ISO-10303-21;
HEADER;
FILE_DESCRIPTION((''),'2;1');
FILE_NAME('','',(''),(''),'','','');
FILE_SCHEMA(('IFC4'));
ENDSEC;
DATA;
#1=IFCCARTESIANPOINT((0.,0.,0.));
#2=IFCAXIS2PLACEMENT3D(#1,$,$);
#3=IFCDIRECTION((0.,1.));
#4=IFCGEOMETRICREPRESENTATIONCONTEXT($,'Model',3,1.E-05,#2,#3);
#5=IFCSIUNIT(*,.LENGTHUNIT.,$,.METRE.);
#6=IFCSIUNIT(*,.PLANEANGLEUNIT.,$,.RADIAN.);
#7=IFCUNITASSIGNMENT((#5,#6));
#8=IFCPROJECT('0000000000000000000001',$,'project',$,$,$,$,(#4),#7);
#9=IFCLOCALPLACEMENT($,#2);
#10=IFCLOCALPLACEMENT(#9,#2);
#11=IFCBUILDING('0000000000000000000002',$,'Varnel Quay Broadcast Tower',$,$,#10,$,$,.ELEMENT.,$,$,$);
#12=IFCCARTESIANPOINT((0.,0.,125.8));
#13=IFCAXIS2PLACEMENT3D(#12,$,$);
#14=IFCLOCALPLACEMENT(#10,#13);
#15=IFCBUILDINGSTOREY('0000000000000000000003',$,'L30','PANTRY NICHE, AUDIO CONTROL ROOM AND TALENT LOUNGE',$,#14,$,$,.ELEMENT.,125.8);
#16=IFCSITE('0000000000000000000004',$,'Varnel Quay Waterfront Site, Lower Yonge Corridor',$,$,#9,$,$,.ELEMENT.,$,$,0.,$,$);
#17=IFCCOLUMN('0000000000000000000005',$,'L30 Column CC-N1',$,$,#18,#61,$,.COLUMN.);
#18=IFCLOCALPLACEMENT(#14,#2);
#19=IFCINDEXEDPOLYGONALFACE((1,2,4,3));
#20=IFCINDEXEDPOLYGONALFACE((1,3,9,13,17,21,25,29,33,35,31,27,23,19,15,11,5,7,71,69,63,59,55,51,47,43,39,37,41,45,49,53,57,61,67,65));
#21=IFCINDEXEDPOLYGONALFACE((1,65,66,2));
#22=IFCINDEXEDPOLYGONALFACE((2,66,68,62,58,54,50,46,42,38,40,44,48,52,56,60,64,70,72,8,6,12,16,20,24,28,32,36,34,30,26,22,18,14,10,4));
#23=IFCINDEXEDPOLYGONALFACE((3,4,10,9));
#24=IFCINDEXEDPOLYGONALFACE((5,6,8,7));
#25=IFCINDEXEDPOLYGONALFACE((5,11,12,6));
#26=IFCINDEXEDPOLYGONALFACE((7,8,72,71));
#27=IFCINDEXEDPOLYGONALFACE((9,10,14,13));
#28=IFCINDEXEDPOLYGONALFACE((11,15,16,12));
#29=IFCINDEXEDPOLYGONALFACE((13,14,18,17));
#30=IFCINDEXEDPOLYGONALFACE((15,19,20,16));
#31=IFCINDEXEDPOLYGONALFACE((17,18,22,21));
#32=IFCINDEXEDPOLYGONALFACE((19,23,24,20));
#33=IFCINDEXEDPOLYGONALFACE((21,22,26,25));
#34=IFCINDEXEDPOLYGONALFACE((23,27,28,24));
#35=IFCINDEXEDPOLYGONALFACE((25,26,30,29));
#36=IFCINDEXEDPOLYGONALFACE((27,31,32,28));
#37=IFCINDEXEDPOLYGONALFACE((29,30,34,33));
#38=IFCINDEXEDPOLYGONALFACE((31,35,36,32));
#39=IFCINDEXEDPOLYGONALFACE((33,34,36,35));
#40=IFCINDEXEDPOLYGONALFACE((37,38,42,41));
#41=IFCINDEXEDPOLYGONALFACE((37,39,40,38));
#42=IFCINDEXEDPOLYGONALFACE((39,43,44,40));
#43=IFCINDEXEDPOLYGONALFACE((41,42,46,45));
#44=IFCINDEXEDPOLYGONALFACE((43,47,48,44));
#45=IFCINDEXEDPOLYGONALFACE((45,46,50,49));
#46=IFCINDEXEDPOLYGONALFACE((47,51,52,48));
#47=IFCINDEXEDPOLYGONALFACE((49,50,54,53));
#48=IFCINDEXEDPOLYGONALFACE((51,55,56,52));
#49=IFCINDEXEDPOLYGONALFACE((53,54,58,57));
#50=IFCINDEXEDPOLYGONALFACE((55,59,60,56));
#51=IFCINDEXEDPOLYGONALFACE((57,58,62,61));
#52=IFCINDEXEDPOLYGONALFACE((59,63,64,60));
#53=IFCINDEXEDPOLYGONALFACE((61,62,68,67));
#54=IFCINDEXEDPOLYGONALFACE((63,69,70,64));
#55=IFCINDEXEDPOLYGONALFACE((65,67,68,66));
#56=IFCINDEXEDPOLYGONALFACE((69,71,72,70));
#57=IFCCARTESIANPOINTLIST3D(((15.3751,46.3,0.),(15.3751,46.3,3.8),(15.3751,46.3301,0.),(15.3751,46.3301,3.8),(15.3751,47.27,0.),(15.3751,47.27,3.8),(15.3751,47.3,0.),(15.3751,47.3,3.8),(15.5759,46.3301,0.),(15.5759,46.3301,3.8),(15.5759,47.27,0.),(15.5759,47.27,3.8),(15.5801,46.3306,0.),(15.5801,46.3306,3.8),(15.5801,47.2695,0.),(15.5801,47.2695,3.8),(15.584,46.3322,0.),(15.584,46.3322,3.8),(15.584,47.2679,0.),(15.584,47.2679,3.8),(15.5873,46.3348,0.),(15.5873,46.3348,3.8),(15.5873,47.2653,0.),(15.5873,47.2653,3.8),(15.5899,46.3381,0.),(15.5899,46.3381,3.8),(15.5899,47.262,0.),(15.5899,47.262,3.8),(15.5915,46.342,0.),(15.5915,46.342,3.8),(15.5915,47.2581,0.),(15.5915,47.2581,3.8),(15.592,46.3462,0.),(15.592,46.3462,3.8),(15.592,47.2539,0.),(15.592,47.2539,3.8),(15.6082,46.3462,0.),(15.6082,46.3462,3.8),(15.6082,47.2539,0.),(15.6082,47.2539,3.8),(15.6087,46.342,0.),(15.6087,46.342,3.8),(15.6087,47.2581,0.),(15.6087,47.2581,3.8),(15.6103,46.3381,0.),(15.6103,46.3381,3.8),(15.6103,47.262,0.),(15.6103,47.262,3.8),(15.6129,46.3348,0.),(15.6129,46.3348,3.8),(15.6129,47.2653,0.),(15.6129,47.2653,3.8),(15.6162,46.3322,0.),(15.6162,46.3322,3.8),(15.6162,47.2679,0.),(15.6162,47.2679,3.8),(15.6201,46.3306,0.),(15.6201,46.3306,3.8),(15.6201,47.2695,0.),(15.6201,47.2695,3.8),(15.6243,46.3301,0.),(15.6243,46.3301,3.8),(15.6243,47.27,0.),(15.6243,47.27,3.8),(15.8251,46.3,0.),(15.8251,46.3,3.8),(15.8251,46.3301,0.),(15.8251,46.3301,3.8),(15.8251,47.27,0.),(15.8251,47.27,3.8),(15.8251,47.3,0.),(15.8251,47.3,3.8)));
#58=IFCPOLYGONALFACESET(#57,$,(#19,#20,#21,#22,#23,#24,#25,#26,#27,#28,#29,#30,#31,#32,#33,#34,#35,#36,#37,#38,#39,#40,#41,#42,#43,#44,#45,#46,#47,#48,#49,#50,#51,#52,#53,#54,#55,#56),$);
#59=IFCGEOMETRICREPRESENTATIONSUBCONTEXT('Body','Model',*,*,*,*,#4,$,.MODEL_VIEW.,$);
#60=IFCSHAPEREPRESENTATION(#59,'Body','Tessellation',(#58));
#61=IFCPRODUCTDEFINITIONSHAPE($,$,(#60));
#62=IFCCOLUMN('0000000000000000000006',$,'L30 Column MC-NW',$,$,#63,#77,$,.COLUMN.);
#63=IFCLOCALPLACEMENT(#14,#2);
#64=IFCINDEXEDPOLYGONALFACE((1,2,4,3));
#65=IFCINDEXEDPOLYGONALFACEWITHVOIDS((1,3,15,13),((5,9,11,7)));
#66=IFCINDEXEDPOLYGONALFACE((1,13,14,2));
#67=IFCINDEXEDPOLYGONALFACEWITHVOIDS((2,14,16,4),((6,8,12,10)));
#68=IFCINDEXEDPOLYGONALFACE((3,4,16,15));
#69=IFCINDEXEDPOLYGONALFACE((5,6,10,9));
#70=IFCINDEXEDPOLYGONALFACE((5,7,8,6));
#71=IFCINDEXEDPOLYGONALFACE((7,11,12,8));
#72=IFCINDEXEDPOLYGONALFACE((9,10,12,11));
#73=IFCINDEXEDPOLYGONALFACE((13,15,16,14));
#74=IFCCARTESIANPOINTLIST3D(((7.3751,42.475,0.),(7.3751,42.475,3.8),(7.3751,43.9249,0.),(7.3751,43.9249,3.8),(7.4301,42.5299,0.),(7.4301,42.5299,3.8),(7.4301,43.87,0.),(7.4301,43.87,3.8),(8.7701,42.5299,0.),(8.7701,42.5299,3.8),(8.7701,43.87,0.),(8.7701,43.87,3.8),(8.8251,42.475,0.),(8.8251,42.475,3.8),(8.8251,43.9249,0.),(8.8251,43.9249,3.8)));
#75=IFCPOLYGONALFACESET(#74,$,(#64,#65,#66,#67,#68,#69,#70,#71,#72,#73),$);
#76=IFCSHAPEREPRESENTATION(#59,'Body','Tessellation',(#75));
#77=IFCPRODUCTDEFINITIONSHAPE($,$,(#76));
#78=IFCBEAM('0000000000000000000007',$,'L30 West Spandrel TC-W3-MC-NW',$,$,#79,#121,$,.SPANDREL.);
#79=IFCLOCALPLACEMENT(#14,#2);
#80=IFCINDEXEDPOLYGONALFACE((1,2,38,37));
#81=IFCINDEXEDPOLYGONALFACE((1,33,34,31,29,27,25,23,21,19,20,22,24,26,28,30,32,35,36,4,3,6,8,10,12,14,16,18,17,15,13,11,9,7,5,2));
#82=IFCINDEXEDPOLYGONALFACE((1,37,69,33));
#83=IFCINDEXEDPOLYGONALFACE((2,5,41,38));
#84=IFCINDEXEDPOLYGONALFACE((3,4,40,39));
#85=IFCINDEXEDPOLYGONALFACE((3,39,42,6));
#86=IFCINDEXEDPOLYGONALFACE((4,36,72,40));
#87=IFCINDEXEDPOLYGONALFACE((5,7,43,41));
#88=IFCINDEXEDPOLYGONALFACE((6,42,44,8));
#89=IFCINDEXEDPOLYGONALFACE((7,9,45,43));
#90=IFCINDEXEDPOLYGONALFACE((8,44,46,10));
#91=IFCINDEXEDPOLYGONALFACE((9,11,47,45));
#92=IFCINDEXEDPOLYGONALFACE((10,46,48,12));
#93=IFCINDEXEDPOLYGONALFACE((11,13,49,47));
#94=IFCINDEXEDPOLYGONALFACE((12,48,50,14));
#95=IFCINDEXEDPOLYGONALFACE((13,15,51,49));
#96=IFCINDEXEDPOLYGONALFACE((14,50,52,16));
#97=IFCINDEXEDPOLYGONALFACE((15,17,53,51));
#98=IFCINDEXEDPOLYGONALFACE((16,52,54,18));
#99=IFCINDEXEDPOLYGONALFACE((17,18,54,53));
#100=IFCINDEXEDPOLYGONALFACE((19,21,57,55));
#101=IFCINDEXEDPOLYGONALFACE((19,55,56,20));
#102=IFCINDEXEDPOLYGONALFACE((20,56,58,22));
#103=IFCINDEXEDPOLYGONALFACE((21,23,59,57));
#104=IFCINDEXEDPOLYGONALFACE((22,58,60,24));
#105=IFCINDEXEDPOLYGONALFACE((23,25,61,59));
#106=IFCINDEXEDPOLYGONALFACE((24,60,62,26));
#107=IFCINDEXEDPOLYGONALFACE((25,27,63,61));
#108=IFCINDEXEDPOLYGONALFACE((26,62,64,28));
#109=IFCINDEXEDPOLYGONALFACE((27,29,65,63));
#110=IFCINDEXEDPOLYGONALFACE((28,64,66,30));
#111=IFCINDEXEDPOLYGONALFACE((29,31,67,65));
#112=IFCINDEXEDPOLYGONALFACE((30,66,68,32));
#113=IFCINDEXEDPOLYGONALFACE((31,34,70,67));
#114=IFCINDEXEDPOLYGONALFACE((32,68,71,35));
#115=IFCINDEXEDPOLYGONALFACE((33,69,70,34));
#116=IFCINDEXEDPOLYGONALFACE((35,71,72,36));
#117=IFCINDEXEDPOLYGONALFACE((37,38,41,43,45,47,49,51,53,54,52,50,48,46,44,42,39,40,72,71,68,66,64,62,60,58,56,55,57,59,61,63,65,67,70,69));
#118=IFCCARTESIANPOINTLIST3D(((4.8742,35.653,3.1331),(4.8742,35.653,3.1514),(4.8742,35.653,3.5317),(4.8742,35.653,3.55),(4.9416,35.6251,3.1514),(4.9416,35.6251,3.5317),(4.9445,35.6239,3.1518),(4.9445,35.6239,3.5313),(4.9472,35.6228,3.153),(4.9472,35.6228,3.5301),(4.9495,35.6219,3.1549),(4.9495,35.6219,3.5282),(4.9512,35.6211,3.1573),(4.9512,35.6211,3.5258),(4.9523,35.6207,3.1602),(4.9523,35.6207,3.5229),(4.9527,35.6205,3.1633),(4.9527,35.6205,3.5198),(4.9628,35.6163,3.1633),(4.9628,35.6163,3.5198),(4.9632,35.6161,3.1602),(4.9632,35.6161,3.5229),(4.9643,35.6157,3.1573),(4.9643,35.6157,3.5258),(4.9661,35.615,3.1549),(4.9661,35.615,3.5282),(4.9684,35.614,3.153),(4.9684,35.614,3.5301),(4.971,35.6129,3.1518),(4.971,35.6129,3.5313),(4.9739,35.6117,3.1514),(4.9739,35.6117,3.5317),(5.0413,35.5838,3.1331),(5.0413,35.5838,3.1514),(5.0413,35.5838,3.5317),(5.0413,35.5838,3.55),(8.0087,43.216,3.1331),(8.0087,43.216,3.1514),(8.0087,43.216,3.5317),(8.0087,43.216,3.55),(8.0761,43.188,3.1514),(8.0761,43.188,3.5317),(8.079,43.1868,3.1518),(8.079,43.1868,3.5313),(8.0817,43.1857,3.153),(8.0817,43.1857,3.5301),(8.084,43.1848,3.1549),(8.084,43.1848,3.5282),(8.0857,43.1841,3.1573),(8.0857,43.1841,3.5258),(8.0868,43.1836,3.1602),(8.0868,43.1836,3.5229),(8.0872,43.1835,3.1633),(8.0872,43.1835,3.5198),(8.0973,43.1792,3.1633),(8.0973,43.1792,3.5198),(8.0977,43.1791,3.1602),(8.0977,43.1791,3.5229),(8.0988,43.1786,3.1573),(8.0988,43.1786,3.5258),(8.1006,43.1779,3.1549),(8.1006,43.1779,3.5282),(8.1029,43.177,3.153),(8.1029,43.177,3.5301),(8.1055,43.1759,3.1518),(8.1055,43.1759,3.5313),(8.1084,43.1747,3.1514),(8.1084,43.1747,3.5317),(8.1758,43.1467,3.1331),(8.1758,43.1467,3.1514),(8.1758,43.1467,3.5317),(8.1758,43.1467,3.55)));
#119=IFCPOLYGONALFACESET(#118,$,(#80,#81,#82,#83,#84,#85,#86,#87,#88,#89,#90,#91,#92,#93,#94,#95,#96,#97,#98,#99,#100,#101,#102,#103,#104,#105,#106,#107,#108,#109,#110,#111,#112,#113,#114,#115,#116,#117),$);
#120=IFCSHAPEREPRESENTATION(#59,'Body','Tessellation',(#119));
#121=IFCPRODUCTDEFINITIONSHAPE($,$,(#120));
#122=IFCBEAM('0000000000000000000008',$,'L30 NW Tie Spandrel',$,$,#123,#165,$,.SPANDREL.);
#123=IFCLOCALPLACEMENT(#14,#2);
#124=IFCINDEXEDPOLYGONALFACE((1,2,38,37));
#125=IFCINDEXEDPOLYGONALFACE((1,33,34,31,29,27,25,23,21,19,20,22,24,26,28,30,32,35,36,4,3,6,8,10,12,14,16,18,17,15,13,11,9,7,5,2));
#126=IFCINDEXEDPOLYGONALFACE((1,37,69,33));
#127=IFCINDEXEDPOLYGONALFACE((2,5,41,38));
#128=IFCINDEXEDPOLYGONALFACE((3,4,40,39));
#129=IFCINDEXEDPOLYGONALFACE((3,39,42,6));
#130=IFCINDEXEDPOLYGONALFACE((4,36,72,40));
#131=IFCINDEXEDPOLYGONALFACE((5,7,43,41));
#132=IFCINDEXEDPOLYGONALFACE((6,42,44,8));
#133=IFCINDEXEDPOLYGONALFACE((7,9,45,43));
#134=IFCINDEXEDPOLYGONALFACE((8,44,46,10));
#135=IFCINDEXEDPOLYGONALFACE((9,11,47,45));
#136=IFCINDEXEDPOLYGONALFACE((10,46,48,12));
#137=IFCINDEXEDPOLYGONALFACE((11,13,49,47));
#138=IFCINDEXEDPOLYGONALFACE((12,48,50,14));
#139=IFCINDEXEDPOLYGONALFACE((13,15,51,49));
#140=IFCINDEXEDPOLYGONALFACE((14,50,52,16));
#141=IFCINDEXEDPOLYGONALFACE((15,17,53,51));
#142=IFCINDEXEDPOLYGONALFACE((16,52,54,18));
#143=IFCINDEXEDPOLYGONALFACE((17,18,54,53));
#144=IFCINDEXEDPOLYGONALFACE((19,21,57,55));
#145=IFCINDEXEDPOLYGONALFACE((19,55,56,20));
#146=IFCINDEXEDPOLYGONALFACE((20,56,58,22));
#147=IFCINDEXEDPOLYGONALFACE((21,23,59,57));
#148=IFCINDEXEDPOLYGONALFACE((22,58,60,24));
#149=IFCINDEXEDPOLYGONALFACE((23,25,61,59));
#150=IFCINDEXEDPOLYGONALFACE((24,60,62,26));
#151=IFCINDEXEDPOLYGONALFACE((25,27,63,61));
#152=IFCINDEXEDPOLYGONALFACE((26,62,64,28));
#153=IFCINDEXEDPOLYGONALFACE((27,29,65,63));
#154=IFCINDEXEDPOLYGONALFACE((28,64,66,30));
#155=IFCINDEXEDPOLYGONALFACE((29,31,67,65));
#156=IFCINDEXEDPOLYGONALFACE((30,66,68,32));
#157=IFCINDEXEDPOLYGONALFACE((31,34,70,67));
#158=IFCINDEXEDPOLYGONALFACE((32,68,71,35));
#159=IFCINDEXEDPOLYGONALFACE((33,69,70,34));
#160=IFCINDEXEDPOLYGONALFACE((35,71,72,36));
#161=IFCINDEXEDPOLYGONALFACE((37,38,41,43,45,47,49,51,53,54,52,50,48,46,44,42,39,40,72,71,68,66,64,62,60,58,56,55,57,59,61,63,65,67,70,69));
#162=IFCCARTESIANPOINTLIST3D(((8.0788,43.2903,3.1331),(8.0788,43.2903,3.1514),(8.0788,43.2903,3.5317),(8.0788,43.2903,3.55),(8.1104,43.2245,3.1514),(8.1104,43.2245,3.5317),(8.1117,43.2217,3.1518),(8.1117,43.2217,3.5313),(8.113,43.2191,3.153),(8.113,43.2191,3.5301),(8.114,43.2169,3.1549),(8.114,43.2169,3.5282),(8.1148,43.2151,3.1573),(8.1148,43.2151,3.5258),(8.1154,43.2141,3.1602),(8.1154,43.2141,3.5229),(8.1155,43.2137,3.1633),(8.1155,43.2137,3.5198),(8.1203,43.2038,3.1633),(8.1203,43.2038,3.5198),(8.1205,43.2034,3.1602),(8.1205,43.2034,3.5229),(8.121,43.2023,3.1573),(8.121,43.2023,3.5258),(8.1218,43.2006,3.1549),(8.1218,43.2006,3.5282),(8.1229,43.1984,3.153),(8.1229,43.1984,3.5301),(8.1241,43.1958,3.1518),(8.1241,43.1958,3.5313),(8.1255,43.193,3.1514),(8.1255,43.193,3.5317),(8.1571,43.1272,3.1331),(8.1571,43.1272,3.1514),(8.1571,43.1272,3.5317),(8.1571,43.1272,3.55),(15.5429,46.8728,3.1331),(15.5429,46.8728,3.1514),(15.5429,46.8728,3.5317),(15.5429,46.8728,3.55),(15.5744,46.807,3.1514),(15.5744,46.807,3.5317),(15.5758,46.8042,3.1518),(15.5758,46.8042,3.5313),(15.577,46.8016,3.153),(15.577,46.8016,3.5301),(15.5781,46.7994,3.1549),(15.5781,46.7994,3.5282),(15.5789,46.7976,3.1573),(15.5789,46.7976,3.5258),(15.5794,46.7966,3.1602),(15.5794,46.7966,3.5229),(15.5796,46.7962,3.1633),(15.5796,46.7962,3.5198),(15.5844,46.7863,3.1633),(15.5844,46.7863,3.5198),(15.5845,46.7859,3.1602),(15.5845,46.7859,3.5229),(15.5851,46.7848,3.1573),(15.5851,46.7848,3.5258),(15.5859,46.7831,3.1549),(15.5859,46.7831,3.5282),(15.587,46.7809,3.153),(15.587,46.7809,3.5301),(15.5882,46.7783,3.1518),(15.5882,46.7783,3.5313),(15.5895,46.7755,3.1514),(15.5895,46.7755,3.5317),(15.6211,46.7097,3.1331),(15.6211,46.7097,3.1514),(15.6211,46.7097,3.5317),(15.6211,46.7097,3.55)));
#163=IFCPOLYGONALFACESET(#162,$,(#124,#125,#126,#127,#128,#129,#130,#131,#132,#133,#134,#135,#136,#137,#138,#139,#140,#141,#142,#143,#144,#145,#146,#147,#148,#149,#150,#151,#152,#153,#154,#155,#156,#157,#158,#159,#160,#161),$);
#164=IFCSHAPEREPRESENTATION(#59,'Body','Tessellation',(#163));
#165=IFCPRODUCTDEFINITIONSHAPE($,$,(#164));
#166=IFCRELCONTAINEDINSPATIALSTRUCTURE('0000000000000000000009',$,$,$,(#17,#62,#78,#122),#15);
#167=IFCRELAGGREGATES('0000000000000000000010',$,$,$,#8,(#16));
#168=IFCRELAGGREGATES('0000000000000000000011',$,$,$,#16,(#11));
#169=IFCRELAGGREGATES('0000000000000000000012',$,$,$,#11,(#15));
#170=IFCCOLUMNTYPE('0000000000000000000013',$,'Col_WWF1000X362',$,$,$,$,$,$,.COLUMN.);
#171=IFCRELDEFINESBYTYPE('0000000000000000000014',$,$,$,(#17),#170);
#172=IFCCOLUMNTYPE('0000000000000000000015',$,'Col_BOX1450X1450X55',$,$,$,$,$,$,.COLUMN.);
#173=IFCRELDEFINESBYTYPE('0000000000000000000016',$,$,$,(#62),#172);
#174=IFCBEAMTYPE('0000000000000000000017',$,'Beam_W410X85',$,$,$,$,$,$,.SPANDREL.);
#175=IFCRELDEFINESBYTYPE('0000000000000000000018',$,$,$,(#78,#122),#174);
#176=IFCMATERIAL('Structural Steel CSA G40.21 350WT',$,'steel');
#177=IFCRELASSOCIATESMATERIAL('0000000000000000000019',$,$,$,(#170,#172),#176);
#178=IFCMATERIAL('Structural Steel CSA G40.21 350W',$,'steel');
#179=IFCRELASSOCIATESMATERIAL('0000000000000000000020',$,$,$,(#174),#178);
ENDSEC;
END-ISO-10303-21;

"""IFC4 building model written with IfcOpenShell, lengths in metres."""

from ifc_helpers import new_model, si_unit, direction, frame, origin, origin_2d, place, context, subcontext, project, spatial, hollow_rectangle, i_section, extrude, source, transform, mapped, material, material_profile, profile_set, type_object, type_shapes, element, save


model = new_model("IFC4")

# Units and contexts
model_context = context("Model", 3, precision=1e-05, world=origin(), true_north=direction((0.0, 1.0)))
body_context = subcontext(model_context, "Body", "Model", "MODEL_VIEW")
ifc_project = project(units=[si_unit("LENGTHUNIT", "METRE"), si_unit("PLANEANGLEUNIT", "RADIAN")], contexts=[model_context])

# Site, building, storey
site_placement = place(None, origin())
site = spatial("IfcSite", under=ifc_project, at=site_placement, Name="Varnel Quay Waterfront Site, Lower Yonge Corridor", CompositionType="ELEMENT", RefElevation=0.0)
building_placement = place(site_placement, origin())
building = spatial("IfcBuilding", under=site, at=building_placement, Name="Varnel Quay Broadcast Tower", CompositionType="ELEMENT")
storey_placement = place(building_placement, frame((0.0, 0.0, 125.8)))
storey = spatial("IfcBuildingStorey", under=building, at=storey_placement, Name="L30", Description="PANTRY NICHE, AUDIO CONTROL ROOM AND TALENT LOUNGE", CompositionType="ELEMENT", Elevation=125.8)

# Columns
ifc_material_1 = material(Name="Structural Steel CSA G40.21 350WT", Category="steel")
ifc_material_profile_1 = material_profile(ifc_material_1, i_section(OverallWidth=0.45, OverallDepth=1.0, WebThickness=0.0161, FlangeThickness=0.03, FilletRadius=0.0161, at=origin_2d()), Name="WWF1000X362")
ifc_profile_set_1 = profile_set([ifc_material_profile_1], Name="Structural Steel CSA G40.21 350WT")
column_type_1 = type_object("IfcColumnType", Name="Col_WWF1000X362", PredefinedType="COLUMN", material=ifc_profile_set_1)
shared_shape_1 = source(origin(), body_context, "Body", "SweptSolid", [
    extrude(i_section(OverallWidth=0.45, OverallDepth=1.0, WebThickness=0.0161, FlangeThickness=0.03, FilletRadius=0.0161, at=origin_2d()), origin(), (0.0, 0.0, 1.0), 3.8),
])
type_shapes(column_type_1, [shared_shape_1])
column_1_placement = place(storey_placement, frame((15.6001, 46.8, 0.0), z_axis=(0.0, 0.0, 1.0), x_axis=(1.0, 0.0, 0.0)))
element("IfcColumn", 1, at=column_1_placement, inside=storey, type_object=column_type_1, Name="L30 Column CC-N1", PredefinedType="COLUMN", context=body_context, shape_type="MappedRepresentation", body=[
    mapped(shared_shape_1, transform((0.0, 0.0, 0.0), x_axis=(1.0, 0.0, 0.0), y_axis=(0.0, 1.0, 0.0), z_axis=(0.0, 0.0, 1.0), scale=1.0)),
])
ifc_material_profile_2 = material_profile(ifc_material_1, hollow_rectangle(XDim=1.45, YDim=1.45, WallThickness=0.0549, at=origin_2d()), Name="BOX1450X1450X55")
ifc_profile_set_2 = profile_set([ifc_material_profile_2], Name="Structural Steel CSA G40.21 350WT")
column_type_2 = type_object("IfcColumnType", Name="Col_BOX1450X1450X55", PredefinedType="COLUMN", material=ifc_profile_set_2)
shared_shape_2 = source(origin(), body_context, "Body", "SweptSolid", [
    extrude(hollow_rectangle(XDim=1.45, YDim=1.45, WallThickness=0.0549, at=origin_2d()), origin(), (0.0, 0.0, 1.0), 3.8),
])
type_shapes(column_type_2, [shared_shape_2])
column_2_placement = place(storey_placement, frame((8.1001, 43.2, 0.0), z_axis=(0.0, 0.0, 1.0), x_axis=(1.0, 0.0, 0.0)))
element("IfcColumn", 2, at=column_2_placement, inside=storey, type_object=column_type_2, Name="L30 Column MC-NW", PredefinedType="COLUMN", context=body_context, shape_type="MappedRepresentation", body=[
    mapped(shared_shape_2, transform((0.0, 0.0, 0.0), x_axis=(1.0, 0.0, 0.0), y_axis=(0.0, 1.0, 0.0), z_axis=(0.0, 0.0, 1.0), scale=1.0)),
])

# Beams
ifc_material_2 = material(Name="Structural Steel CSA G40.21 350W", Category="steel")
ifc_material_profile_3 = material_profile(ifc_material_2, i_section(OverallWidth=0.1809, OverallDepth=0.417, WebThickness=0.011, FlangeThickness=0.0183, FilletRadius=0.012, at=origin_2d()), Name="W410X85")
ifc_profile_set_3 = profile_set([ifc_material_profile_3], Name="Structural Steel CSA G40.21 350W")
beam_type = type_object("IfcBeamType", Name="Beam_W410X85", PredefinedType="SPANDREL", material=ifc_profile_set_3)
shared_shape_3 = source(origin(), body_context, "Body", "SweptSolid", [
    extrude(i_section(OverallWidth=0.1809, OverallDepth=0.417, WebThickness=0.011, FlangeThickness=0.0183, FilletRadius=0.012, at=origin_2d()), origin(), (0.0, 0.0, 1.0), 8.1868),
])
beam_1_placement = place(storey_placement, frame((4.9578, 35.6184, 3.3416), z_axis=(0.382874, 0.923801, 0.0), x_axis=(-0.923801, 0.382874, 0.0)))
element("IfcBeam", 3, at=beam_1_placement, inside=storey, type_object=beam_type, Name="L30 West Spandrel TC-W3-MC-NW", PredefinedType="SPANDREL", context=body_context, shape_type="MappedRepresentation", body=[
    mapped(shared_shape_3, transform((0.0, 0.0, 0.0), x_axis=(1.0, 0.0, 0.0), y_axis=(0.0, 1.0, 0.0), z_axis=(0.0, 0.0, 1.0), scale=1.0)),
])
shared_shape_4 = source(origin(), body_context, "Body", "SweptSolid", [
    extrude(i_section(OverallWidth=0.1809, OverallDepth=0.417, WebThickness=0.011, FlangeThickness=0.0183, FilletRadius=0.012, at=origin_2d()), origin(), (0.0, 0.0, 1.0), 8.2793),
])
type_shapes(beam_type, [shared_shape_3, shared_shape_4])
beam_2_placement = place(storey_placement, frame((8.1179, 43.2087, 3.3416), z_axis=(0.901535, 0.432706, 0.0), x_axis=(-0.432706, 0.901535, 0.0)))
element("IfcBeam", 4, at=beam_2_placement, inside=storey, type_object=beam_type, Name="L30 NW Tie Spandrel", PredefinedType="SPANDREL", context=body_context, shape_type="MappedRepresentation", body=[
    mapped(shared_shape_4, transform((0.0, 0.0, 0.0), x_axis=(1.0, 0.0, 0.0), y_axis=(0.0, 1.0, 0.0), z_axis=(0.0, 0.0, 1.0), scale=1.0)),
])

save(model, "model.ifc")
